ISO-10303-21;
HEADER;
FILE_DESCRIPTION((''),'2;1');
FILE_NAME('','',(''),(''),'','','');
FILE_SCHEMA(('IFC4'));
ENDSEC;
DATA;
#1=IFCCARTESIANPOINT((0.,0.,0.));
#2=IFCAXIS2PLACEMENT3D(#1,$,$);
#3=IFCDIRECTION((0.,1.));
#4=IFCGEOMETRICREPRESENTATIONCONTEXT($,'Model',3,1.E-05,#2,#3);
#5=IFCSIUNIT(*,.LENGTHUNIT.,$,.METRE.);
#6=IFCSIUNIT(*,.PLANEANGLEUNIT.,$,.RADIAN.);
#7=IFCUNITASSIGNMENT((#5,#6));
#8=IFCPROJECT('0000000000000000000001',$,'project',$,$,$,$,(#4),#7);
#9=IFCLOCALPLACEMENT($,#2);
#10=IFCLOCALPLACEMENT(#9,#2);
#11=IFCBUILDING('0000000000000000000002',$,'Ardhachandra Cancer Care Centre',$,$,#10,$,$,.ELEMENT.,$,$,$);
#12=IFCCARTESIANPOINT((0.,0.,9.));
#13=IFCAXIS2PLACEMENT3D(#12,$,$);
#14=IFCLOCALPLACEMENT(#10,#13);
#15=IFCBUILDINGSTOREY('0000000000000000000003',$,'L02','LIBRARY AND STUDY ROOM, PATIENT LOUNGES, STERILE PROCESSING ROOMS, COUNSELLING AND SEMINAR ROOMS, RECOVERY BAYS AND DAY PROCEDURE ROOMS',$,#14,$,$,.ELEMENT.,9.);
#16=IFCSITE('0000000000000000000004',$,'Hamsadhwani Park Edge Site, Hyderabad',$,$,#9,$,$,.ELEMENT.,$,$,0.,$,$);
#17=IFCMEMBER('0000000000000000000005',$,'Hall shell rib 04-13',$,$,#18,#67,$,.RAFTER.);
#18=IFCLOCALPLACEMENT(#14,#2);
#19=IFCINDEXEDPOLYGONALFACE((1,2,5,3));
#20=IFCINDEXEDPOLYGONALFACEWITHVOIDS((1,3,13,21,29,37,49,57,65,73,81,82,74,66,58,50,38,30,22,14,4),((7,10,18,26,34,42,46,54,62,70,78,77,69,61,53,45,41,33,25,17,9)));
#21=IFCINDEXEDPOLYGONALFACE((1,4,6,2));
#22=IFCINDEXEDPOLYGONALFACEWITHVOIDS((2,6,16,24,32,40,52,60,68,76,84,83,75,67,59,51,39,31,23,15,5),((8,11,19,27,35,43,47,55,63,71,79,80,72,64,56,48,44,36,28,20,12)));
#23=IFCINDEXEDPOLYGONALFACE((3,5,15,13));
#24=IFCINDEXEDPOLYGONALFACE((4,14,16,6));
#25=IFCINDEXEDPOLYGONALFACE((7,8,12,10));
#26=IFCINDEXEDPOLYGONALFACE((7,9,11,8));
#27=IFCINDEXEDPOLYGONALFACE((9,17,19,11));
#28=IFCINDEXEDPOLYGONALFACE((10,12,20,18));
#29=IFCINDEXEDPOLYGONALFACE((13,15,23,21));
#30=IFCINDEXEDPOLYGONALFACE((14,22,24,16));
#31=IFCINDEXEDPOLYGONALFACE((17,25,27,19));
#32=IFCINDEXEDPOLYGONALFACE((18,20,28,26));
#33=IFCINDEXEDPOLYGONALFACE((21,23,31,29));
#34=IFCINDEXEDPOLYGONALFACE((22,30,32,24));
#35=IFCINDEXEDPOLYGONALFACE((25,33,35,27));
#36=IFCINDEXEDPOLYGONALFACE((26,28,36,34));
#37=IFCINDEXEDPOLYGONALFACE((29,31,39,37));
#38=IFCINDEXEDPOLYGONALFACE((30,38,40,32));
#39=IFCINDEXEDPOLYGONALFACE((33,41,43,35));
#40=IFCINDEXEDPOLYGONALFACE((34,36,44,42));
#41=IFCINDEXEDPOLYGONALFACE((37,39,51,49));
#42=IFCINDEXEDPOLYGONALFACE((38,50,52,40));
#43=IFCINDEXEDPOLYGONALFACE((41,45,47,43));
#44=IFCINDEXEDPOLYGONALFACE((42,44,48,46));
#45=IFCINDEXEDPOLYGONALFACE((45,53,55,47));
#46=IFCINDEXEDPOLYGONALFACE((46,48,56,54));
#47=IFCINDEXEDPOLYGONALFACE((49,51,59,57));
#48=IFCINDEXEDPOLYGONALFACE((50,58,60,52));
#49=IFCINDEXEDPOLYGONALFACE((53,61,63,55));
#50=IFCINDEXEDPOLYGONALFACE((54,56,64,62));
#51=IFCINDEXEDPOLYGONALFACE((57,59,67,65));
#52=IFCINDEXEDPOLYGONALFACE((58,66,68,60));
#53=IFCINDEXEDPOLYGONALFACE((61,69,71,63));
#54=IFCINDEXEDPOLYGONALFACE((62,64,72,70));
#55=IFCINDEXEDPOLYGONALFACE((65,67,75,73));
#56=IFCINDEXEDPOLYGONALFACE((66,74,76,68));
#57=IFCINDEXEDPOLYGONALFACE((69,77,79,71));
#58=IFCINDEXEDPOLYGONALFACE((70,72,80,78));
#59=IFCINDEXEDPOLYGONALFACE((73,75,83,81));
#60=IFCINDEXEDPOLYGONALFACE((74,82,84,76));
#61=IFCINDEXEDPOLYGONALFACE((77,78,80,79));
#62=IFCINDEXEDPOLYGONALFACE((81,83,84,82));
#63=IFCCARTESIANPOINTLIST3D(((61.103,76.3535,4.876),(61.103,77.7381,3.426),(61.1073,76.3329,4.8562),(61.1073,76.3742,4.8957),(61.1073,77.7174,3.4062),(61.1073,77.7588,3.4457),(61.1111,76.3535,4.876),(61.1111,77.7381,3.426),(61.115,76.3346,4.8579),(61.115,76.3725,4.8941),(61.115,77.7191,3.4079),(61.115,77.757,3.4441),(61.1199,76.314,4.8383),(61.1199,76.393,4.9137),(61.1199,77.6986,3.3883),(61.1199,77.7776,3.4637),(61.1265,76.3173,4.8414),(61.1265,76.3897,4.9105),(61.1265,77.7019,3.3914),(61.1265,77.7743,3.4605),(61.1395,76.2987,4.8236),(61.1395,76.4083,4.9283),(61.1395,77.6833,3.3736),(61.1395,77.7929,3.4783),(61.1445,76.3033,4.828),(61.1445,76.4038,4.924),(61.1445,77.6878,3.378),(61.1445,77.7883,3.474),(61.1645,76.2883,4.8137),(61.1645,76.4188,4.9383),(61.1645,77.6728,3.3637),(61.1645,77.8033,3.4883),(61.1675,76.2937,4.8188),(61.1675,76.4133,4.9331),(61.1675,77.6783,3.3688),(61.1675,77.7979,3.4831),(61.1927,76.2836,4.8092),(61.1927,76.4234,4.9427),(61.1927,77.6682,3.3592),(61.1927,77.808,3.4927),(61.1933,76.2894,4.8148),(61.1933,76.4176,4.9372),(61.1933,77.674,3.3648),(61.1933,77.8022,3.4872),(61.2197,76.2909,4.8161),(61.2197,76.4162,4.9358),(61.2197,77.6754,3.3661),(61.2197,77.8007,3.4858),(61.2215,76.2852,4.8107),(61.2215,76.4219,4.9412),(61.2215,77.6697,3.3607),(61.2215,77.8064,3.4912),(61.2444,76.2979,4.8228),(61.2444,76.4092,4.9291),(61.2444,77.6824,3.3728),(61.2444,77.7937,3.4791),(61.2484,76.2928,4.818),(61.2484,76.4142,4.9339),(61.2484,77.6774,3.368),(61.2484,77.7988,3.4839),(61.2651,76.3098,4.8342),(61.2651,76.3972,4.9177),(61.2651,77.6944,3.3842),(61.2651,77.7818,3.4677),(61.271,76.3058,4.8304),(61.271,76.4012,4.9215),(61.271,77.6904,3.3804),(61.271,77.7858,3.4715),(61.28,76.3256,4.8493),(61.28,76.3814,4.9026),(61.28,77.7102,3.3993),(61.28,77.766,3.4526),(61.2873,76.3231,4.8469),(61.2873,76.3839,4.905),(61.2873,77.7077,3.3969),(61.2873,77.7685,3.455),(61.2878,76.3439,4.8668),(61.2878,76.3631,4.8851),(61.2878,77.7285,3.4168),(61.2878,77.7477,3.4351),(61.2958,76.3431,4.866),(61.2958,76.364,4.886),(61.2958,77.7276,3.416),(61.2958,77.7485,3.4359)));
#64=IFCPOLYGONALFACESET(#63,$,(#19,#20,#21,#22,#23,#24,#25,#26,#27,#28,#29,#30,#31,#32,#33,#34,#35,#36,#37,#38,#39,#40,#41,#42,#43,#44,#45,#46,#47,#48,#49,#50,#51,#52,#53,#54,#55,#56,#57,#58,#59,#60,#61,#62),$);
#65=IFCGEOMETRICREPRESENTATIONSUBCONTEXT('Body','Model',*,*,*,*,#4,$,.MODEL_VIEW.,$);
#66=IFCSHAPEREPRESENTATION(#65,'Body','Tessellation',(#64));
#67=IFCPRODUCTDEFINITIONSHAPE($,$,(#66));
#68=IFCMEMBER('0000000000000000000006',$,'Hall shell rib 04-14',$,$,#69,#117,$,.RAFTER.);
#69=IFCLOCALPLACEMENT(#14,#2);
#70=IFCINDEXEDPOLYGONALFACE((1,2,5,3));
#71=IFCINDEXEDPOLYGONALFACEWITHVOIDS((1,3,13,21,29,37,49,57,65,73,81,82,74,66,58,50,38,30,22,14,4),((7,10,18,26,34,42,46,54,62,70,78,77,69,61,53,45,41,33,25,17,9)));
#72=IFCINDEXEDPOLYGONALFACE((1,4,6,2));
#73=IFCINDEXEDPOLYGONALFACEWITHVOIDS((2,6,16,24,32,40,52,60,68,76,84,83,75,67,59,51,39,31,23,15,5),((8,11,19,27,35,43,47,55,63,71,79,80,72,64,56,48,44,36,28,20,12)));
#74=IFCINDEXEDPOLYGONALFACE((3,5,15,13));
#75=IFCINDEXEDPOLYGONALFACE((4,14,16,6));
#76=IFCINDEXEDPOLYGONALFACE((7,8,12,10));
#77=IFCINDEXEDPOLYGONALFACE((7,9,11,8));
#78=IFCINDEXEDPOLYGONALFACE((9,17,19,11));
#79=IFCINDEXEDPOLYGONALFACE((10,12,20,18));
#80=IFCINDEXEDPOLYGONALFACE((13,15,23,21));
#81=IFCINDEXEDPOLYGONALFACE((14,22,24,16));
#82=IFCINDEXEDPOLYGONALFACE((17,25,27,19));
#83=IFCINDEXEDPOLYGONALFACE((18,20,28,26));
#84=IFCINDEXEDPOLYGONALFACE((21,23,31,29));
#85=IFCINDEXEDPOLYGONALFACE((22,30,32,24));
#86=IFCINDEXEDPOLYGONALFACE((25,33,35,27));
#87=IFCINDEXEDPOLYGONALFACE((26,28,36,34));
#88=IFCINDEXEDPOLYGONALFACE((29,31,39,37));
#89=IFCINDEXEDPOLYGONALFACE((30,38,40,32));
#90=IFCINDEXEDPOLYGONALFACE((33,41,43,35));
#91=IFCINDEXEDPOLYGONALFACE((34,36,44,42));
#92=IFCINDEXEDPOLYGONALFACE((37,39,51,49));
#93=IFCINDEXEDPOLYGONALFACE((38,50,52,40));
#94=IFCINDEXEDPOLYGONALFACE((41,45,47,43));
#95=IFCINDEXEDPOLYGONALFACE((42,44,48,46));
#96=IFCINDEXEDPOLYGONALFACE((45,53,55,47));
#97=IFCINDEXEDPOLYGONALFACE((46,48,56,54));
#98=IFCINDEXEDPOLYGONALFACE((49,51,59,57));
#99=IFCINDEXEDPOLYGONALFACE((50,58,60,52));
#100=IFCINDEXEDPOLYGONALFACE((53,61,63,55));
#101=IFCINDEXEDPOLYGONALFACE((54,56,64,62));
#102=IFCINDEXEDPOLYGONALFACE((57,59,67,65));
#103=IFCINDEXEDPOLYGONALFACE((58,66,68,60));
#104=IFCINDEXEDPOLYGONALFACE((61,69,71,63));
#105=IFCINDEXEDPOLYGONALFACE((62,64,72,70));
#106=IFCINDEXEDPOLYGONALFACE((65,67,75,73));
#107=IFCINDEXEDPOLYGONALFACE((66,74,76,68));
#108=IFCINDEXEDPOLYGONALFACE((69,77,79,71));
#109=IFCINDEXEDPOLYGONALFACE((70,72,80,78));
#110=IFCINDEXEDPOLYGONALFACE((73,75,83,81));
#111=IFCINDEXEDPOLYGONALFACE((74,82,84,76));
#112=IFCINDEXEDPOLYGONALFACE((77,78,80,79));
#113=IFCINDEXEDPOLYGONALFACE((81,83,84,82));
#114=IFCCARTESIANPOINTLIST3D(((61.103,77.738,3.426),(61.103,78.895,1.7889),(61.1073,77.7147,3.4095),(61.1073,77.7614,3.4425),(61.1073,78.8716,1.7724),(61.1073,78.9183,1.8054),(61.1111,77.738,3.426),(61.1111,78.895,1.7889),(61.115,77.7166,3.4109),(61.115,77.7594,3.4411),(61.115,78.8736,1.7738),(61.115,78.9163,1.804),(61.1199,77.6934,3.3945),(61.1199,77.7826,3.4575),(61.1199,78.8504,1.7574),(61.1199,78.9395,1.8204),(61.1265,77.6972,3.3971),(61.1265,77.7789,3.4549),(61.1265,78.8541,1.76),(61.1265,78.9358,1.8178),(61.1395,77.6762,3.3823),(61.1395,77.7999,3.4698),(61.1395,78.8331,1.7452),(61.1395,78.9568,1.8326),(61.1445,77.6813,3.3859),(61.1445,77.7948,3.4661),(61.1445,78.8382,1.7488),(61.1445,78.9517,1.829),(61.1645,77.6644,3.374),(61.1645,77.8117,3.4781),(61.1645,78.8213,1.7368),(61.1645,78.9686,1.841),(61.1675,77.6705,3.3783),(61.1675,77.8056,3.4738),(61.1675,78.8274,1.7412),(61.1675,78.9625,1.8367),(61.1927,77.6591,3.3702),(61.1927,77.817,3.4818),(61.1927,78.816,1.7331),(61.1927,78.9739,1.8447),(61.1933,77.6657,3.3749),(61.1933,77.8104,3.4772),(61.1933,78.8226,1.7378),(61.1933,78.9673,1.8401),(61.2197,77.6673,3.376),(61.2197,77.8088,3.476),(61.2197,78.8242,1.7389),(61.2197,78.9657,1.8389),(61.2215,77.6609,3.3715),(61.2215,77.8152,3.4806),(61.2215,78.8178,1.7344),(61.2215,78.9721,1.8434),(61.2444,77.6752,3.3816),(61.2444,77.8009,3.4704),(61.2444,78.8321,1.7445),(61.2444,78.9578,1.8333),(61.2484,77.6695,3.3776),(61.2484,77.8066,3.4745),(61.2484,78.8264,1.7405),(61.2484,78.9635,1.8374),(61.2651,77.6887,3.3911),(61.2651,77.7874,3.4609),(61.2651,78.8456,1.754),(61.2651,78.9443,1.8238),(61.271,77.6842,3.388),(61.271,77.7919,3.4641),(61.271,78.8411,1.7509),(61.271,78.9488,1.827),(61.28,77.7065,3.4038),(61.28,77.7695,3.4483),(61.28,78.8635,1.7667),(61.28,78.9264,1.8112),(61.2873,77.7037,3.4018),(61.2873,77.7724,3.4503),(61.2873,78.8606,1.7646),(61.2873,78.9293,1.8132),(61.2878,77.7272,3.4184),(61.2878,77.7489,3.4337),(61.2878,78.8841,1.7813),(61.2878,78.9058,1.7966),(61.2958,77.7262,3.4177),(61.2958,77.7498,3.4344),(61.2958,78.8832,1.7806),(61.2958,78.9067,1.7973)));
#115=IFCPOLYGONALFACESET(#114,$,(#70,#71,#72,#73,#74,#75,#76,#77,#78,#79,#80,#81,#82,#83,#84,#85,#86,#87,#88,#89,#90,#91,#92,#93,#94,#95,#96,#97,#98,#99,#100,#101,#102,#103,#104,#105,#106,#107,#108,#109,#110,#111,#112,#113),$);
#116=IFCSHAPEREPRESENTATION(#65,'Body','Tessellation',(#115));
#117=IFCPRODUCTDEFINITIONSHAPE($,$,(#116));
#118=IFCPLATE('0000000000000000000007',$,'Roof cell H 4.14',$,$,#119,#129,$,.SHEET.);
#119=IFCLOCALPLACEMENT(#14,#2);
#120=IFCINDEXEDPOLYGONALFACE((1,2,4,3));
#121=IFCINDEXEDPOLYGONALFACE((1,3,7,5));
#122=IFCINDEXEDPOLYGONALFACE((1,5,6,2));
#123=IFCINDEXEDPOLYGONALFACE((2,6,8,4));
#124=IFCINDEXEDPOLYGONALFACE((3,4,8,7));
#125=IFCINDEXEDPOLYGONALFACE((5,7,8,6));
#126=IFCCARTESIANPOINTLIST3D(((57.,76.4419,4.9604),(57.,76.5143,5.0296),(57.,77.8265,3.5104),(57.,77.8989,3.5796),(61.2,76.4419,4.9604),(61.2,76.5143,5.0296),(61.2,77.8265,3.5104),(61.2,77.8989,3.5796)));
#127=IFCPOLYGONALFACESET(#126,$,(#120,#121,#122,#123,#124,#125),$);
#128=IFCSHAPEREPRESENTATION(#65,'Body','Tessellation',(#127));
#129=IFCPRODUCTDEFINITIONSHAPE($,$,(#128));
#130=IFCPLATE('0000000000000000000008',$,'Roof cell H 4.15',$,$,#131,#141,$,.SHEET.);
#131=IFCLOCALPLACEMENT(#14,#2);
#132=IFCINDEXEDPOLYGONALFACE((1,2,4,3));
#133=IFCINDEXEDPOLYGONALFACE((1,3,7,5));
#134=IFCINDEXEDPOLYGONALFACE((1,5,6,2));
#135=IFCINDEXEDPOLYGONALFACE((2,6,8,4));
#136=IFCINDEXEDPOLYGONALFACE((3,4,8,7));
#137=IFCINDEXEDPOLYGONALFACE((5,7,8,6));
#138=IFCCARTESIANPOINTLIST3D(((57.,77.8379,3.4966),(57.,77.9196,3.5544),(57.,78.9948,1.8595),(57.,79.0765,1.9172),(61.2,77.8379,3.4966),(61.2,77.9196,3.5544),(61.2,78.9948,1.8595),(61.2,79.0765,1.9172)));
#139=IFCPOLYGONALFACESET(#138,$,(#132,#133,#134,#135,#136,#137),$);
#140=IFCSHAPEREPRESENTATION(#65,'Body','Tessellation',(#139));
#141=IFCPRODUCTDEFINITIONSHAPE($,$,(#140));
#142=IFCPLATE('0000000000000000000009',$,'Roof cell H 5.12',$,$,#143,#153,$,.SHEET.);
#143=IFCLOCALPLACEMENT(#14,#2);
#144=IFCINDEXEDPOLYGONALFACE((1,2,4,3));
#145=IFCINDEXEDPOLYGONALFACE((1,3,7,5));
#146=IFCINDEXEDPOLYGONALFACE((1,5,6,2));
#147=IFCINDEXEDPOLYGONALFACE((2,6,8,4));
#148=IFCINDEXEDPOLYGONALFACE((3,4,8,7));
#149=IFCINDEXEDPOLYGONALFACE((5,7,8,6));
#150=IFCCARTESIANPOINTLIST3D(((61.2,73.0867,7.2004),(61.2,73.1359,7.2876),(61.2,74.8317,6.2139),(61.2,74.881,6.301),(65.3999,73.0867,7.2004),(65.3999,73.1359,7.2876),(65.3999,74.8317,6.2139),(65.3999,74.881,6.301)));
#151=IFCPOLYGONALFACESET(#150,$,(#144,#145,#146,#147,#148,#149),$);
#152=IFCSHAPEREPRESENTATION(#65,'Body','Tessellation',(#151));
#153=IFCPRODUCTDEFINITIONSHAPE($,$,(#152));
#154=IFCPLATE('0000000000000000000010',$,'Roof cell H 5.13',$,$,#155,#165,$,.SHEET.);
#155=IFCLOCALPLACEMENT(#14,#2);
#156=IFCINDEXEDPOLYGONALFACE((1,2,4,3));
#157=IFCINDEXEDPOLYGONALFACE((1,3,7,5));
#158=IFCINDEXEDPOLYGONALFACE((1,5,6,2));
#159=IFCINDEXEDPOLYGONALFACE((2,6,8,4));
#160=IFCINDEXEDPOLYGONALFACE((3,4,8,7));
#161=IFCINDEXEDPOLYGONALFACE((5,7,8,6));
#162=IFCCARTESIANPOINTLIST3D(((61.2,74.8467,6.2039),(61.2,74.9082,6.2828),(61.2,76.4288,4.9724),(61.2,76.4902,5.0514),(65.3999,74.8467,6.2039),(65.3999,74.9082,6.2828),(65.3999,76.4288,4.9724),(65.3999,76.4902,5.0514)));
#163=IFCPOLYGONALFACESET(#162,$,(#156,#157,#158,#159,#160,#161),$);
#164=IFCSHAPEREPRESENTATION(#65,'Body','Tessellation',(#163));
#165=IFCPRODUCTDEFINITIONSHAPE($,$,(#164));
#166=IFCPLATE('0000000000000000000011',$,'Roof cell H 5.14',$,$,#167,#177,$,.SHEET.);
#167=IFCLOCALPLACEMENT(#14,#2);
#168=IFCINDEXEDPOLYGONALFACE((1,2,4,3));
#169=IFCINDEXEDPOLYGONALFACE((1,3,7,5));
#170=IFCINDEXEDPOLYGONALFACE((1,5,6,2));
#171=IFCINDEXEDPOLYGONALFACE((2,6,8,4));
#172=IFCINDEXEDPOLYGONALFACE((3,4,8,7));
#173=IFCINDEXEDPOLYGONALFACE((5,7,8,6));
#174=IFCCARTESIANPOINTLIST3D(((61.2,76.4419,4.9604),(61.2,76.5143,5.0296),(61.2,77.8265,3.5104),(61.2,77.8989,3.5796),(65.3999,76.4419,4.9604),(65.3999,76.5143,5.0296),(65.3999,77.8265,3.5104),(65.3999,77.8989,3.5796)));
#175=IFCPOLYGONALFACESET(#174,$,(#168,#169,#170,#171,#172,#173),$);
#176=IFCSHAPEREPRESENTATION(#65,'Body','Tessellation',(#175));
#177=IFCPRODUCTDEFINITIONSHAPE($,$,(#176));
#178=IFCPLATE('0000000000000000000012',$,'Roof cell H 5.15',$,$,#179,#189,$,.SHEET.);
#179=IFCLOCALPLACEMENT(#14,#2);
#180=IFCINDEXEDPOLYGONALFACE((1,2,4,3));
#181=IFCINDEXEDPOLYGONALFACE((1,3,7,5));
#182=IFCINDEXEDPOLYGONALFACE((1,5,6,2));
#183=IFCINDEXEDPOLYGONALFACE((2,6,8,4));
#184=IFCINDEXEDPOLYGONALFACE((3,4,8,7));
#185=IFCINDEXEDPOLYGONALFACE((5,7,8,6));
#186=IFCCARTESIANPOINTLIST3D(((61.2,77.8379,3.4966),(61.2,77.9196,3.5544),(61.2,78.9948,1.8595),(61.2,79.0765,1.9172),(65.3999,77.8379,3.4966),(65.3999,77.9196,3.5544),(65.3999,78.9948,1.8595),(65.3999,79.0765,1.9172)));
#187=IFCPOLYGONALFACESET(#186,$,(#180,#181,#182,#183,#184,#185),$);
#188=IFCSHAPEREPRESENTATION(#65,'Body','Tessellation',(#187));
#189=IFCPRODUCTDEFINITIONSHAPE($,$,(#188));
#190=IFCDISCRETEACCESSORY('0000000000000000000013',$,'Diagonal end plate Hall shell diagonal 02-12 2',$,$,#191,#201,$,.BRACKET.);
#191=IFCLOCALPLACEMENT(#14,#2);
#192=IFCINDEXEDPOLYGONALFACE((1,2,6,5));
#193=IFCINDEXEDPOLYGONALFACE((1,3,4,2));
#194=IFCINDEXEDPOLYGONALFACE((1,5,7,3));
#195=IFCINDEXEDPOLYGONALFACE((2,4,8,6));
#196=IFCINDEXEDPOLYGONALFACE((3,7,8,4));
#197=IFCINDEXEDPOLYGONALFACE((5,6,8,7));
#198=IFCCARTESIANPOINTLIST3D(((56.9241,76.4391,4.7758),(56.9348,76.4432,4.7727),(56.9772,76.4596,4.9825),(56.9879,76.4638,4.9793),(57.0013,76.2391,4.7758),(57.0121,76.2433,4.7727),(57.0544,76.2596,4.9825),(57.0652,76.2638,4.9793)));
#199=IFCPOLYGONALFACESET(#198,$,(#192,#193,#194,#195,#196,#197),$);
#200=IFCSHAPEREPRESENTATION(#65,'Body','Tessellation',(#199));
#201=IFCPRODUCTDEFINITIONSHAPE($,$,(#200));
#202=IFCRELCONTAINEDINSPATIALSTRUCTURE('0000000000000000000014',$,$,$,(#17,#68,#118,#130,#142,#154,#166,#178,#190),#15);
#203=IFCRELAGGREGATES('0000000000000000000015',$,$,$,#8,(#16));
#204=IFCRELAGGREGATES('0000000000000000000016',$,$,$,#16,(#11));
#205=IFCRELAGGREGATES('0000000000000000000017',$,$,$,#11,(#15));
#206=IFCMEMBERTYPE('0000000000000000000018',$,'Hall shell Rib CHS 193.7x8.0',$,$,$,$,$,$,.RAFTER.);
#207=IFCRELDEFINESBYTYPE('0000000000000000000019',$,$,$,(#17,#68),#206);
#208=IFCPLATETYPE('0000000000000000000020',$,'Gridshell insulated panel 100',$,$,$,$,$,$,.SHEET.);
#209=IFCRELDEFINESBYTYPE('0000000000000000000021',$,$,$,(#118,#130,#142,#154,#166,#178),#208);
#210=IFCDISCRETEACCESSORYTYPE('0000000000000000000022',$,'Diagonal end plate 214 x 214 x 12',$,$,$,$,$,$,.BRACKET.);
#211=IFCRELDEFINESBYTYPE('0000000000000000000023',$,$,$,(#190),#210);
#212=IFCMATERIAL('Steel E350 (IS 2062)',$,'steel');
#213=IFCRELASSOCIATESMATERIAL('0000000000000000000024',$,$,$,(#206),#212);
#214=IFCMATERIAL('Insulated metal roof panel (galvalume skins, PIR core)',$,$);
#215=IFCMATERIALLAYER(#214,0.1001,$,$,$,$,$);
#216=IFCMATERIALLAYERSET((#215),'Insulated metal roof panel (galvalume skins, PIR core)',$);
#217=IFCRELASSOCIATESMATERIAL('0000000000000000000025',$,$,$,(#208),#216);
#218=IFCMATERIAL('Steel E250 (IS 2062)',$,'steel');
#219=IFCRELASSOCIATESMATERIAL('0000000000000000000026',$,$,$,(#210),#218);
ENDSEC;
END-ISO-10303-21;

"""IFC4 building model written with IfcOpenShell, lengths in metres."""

from ifc_helpers import new_model, si_unit, direction, frame, origin, origin_2d, place, context, subcontext, project, spatial, polyline, rectangle, hollow_circle, outline, extrude, material, layer, layer_set, material_profile, profile_set, type_object, element, save


model = new_model("IFC4")

# Units and contexts
model_context = context("Model", 3, precision=1e-05, world=origin(), true_north=direction((0.0, 1.0)))
body_context = subcontext(model_context, "Body", "Model", "MODEL_VIEW")
ifc_project = project(units=[si_unit("LENGTHUNIT", "METRE"), si_unit("PLANEANGLEUNIT", "RADIAN")], contexts=[model_context])

# Site, building, storey
site_placement = place(None, origin())
site = spatial("IfcSite", under=ifc_project, at=site_placement, Name="Hamsadhwani Park Edge Site, Hyderabad", CompositionType="ELEMENT", RefElevation=0.0)
building_placement = place(site_placement, origin())
building = spatial("IfcBuilding", under=site, at=building_placement, Name="Ardhachandra Cancer Care Centre", CompositionType="ELEMENT")
storey_placement = place(building_placement, frame((0.0, 0.0, 9.0)))
storey = spatial("IfcBuildingStorey", under=building, at=storey_placement, Name="L02", Description="LIBRARY AND STUDY ROOM, PATIENT LOUNGES, STERILE PROCESSING ROOMS, COUNSELLING AND SEMINAR ROOMS, RECOVERY BAYS AND DAY PROCEDURE ROOMS", CompositionType="ELEMENT", Elevation=9.0)

# Members
ifc_material_1 = material(Name="Steel E350 (IS 2062)", Category="steel")
ifc_material_profile_1 = material_profile(ifc_material_1, hollow_circle(Radius=0.0969, WallThickness=0.0081, at=origin_2d()), Name="CHS 193.7x8.0")
ifc_profile_set_1 = profile_set([ifc_material_profile_1], Name="Steel E350 (IS 2062)")
member_type_1 = type_object("IfcMemberType", Name="Hall shell Rib CHS 193.7x8.0", PredefinedType="RAFTER", material=ifc_profile_set_1)
member_1_placement = place(storey_placement, frame((61.2, 76.3535, 4.876), z_axis=(0.0, 0.6906, -0.723237), x_axis=(-1.0, 0.0, 0.0)))
element("IfcMember", 1, at=member_1_placement, inside=storey, type_object=member_type_1, Name="Hall shell rib 04-13", PredefinedType="RAFTER", context=body_context, shape_type="SweptSolid", body=[
    extrude(hollow_circle(Radius=0.0969, WallThickness=0.0081, at=origin_2d()), origin(), (0.0, 0.0, 1.0), 2.0049),
])
member_2_placement = place(storey_placement, frame((61.2, 77.738, 3.426), z_axis=(0.0, 0.577118, -0.816661), x_axis=(-1.0, 0.0, 0.0)))
element("IfcMember", 2, at=member_2_placement, inside=storey, type_object=member_type_1, Name="Hall shell rib 04-14", PredefinedType="RAFTER", context=body_context, shape_type="SweptSolid", body=[
    extrude(hollow_circle(Radius=0.0969, WallThickness=0.0081, at=origin_2d()), origin(), (0.0, 0.0, 1.0), 2.0046),
])

# Plates
ifc_material_2 = material(Name="Insulated metal roof panel (galvalume skins, PIR core)")
ifc_layer = layer(ifc_material_2, 0.1001)
ifc_layer_set = layer_set([ifc_layer], Name="Insulated metal roof panel (galvalume skins, PIR core)")
plate_type = type_object("IfcPlateType", Name="Gridshell insulated panel 100", PredefinedType="SHEET", material=ifc_layer_set)
plate_1_placement = place(storey_placement, frame((57.0, 76.4419, 4.9604), z_axis=(0.0, 0.723237, 0.6906), x_axis=(1.0, 0.0, 0.0)))
element("IfcPlate", 3, at=plate_1_placement, inside=storey, type_object=plate_type, Name="Roof cell H 4.14", PredefinedType="SHEET", context=body_context, shape_type="SweptSolid", body=[
    extrude(outline(polyline([(0.0, 0.0), (4.2, 0.0), (4.2, 2.0049), (0.0, 2.0049), (0.0, 0.0)])), origin(), (0.0, 0.0, 1.0), 0.1001),
])
for number, where, z_axis, x_axis, name in (
    (4, (57.0, 77.8379, 3.4966), (0.0, 0.816661, 0.577118), (1.0, 0.0, 0.0), "Roof cell H 4.15"),
    (5, (61.2, 73.0867, 7.2004), (0.0, 0.492134, 0.87052), (1.0, 0.0, 0.0), "Roof cell H 5.12"),
):
    element("IfcPlate", number, at=place(storey_placement, frame(where, z_axis=z_axis, x_axis=x_axis)), inside=storey, type_object=plate_type, Name=name, PredefinedType="SHEET", context=body_context, shape_type="SweptSolid", body=[
        extrude(outline(polyline([(0.0, 0.0), (4.2, 0.0), (4.2, 2.0046), (0.0, 2.0046), (0.0, 0.0)])), origin(), (0.0, 0.0, 1.0), 0.1001),
    ])
for number, where, z_axis, x_axis, name in (
    (6, (61.2, 74.8467, 6.2039), (0.0, 0.614244, 0.789116), (1.0, 0.0, 0.0), "Roof cell H 5.13"),
    (7, (61.2, 76.4419, 4.9604), (0.0, 0.723237, 0.6906), (1.0, 0.0, 0.0), "Roof cell H 5.14"),
):
    element("IfcPlate", number, at=place(storey_placement, frame(where, z_axis=z_axis, x_axis=x_axis)), inside=storey, type_object=plate_type, Name=name, PredefinedType="SHEET", context=body_context, shape_type="SweptSolid", body=[
        extrude(outline(polyline([(0.0, 0.0), (4.2, 0.0), (4.2, 2.0049), (0.0, 2.0049), (0.0, 0.0)])), origin(), (0.0, 0.0, 1.0), 0.1001),
    ])
plate_2_placement = place(storey_placement, frame((61.2, 77.8379, 3.4966), z_axis=(0.0, 0.816661, 0.577118), x_axis=(1.0, 0.0, 0.0)))
element("IfcPlate", 8, at=plate_2_placement, inside=storey, type_object=plate_type, Name="Roof cell H 5.15", PredefinedType="SHEET", context=body_context, shape_type="SweptSolid", body=[
    extrude(outline(polyline([(0.0, 0.0), (4.2, 0.0), (4.2, 2.0046), (0.0, 2.0046), (0.0, 0.0)])), origin(), (0.0, 0.0, 1.0), 0.1001),
])

# Discrete accessory
ifc_material_3 = material(Name="Steel E250 (IS 2062)", Category="steel")
ifc_material_profile_2 = material_profile(ifc_material_3, rectangle(XDim=0.2144, YDim=0.2144, at=origin_2d()), Name="PL 214x214x12")
ifc_profile_set_2 = profile_set([ifc_material_profile_2], Name="Steel E250 (IS 2062)")
discrete_accessory_type = type_object("IfcDiscreteAccessoryType", Name="Diagonal end plate 214 x 214 x 12", PredefinedType="BRACKET", material=ifc_profile_set_2)
for number, where, z_axis, x_axis, name in (
    (9, (57.0, 76.3535, 4.876), (-0.899271, -0.347446, 0.265694), (0.360399, -0.932798, 0.0), "Diagonal end plate Hall shell diagonal 02-12 2"),
):
    element("IfcDiscreteAccessory", number, at=place(storey_placement, frame(where, z_axis=z_axis, x_axis=x_axis)), inside=storey, type_object=discrete_accessory_type, Name=name, PredefinedType="BRACKET", context=body_context, shape_type="SweptSolid", body=[
        extrude(rectangle(XDim=0.2144, YDim=0.2144, at=origin_2d()), origin(), (0.0, 0.0, 1.0), 0.012),
    ])

save(model, "model.ifc")
